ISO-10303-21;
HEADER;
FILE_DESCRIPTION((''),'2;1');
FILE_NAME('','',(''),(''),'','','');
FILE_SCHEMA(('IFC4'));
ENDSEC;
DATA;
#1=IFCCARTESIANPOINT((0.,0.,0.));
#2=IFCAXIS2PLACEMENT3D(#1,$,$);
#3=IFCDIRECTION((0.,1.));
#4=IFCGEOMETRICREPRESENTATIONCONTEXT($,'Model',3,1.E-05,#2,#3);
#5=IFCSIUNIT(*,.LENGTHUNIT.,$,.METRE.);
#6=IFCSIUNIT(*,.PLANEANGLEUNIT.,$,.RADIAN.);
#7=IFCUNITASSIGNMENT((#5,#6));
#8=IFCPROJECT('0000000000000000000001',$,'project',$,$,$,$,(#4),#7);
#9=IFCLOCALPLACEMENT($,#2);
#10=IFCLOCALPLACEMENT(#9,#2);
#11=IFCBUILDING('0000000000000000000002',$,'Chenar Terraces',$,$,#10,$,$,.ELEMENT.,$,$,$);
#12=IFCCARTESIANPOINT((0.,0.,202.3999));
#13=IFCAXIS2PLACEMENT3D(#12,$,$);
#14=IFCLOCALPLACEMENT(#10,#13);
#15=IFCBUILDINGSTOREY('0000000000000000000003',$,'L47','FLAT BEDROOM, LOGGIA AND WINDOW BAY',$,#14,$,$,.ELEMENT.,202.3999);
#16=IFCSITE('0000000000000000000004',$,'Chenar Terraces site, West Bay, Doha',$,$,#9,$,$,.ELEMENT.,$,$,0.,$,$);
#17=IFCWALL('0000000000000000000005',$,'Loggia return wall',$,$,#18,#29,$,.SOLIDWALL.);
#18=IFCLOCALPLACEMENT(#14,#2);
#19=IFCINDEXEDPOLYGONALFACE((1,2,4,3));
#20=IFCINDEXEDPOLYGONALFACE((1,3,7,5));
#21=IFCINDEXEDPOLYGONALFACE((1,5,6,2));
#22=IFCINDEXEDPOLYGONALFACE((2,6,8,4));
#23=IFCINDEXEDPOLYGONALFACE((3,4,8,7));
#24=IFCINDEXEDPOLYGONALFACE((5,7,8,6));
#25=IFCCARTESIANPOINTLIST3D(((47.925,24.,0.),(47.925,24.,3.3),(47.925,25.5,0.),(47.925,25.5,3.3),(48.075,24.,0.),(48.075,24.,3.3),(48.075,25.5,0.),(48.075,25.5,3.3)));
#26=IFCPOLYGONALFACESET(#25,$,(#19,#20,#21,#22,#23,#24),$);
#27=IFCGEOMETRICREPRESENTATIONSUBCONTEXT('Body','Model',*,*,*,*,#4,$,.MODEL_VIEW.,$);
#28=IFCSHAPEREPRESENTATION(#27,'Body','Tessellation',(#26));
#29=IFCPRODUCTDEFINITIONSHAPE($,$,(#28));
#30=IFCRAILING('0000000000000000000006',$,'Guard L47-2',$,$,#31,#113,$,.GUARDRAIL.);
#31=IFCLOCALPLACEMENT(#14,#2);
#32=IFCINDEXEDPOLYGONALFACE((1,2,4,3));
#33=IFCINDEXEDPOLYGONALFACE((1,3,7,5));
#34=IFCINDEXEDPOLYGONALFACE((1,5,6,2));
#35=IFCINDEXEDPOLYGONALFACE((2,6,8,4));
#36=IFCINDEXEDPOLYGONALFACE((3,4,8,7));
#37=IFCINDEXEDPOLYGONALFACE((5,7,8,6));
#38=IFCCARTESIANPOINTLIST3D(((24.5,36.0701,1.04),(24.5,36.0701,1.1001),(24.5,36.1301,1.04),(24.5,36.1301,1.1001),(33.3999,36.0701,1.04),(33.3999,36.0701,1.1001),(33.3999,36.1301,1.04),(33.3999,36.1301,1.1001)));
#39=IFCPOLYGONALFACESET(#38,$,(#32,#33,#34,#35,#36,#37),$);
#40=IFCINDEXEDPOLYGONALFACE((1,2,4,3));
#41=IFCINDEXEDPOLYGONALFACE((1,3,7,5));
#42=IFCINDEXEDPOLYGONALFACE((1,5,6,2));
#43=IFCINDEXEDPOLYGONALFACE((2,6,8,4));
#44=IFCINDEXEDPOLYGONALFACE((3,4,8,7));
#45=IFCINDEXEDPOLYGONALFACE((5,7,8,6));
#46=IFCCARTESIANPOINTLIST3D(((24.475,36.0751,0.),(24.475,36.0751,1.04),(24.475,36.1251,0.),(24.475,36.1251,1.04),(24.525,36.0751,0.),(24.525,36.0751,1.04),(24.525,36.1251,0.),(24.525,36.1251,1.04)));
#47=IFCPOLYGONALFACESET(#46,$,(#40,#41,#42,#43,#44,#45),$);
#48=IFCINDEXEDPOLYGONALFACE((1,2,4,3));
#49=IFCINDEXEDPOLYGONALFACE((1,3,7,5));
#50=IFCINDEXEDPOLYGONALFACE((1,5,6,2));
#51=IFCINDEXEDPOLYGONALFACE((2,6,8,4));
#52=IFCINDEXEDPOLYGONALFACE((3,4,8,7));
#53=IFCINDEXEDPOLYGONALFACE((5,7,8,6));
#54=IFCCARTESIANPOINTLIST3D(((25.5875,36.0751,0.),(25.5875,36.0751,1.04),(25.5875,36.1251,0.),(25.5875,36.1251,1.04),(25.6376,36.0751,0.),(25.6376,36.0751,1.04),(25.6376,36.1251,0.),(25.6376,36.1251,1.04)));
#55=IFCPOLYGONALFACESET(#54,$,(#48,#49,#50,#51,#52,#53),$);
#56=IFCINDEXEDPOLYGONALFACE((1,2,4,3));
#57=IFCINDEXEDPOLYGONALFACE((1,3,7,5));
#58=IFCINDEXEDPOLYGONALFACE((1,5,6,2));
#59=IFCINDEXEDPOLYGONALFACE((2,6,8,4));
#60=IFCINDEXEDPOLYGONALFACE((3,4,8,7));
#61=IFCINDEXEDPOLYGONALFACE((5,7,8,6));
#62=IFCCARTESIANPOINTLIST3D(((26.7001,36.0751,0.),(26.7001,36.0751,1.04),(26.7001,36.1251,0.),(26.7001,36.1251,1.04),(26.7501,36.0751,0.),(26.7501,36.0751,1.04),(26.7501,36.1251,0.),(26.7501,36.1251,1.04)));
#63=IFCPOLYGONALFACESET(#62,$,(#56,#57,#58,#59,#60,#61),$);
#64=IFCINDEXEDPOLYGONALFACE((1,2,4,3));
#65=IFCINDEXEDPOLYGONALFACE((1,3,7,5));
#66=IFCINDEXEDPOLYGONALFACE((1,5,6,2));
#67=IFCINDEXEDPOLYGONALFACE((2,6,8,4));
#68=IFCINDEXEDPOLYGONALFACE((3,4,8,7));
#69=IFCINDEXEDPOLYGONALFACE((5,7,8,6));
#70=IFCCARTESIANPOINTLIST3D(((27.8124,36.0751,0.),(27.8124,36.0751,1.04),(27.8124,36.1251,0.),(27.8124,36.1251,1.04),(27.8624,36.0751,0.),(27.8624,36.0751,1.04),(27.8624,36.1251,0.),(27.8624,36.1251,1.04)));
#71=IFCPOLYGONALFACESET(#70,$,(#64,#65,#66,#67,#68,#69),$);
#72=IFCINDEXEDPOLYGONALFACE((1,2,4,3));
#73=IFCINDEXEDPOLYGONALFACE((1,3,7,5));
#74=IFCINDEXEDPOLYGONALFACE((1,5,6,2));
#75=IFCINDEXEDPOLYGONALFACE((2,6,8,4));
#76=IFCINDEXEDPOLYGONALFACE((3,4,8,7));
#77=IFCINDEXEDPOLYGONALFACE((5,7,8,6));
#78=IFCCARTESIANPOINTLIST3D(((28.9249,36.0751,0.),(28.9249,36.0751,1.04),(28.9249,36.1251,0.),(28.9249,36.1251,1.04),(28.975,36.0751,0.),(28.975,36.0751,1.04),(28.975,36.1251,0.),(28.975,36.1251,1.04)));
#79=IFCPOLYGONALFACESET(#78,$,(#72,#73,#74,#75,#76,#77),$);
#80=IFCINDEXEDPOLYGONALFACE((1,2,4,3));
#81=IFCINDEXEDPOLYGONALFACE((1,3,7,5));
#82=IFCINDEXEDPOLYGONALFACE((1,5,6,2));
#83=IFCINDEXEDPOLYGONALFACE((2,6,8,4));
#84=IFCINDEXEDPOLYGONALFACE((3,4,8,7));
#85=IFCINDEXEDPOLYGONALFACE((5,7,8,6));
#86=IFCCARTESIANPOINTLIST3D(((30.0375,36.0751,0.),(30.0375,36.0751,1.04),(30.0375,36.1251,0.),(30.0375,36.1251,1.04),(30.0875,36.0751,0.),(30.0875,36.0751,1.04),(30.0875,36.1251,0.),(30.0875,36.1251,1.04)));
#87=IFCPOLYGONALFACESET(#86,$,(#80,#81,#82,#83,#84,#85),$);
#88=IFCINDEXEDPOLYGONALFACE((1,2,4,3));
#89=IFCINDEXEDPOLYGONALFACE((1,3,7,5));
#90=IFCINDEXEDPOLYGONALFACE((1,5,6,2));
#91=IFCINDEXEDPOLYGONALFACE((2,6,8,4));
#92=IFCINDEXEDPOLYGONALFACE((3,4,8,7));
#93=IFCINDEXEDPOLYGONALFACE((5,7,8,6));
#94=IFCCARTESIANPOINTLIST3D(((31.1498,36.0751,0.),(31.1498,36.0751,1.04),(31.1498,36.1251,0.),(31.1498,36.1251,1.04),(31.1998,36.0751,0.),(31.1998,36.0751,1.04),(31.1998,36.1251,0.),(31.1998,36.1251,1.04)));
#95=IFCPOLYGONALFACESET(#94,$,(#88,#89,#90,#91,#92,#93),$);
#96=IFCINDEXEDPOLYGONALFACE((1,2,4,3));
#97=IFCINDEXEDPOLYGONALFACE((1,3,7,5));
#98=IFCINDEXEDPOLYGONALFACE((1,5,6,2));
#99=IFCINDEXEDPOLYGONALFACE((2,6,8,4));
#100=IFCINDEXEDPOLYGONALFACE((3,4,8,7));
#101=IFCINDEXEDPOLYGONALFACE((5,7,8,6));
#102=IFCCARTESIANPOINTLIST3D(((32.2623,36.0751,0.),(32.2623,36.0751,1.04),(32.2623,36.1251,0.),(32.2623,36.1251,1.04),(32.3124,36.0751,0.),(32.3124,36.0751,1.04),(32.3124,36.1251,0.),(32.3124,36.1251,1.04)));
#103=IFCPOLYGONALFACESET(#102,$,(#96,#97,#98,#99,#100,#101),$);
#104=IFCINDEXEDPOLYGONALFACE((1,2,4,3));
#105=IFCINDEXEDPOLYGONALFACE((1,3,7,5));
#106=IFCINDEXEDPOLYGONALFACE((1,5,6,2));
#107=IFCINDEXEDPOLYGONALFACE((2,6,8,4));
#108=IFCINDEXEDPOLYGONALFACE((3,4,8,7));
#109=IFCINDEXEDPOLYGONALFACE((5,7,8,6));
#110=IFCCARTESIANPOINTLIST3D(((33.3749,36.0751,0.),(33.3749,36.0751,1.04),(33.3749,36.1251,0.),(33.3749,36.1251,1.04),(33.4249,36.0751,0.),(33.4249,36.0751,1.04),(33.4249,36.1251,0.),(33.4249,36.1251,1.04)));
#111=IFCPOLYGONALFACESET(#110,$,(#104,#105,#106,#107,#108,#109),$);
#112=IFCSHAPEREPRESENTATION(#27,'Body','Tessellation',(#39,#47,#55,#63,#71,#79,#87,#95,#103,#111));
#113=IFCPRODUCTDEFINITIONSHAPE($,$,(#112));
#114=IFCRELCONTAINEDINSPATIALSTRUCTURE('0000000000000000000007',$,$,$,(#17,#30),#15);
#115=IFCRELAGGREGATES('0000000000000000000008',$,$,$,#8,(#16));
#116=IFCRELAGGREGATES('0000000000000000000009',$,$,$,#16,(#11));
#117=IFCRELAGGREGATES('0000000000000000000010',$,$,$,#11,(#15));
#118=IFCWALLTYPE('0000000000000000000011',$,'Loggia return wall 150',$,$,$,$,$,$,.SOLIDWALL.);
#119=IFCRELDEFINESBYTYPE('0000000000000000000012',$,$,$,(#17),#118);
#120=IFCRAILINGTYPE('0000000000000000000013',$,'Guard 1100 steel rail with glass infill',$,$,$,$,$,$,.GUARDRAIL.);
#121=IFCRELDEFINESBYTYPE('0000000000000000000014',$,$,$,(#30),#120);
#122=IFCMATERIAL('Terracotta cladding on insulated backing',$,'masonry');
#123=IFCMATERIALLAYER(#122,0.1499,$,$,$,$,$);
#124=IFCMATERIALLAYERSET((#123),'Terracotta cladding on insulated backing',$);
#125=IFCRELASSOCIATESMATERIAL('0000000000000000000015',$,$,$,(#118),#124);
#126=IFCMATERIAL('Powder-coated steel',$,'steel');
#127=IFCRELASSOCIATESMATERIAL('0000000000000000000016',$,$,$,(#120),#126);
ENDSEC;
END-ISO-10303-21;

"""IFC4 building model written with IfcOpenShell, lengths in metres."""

from ifc_helpers import new_model, si_unit, direction, frame, frame_2d, origin, origin_2d, place, context, subcontext, project, spatial, rectangle, extrude, material, layer, layer_set, type_object, element, save


model = new_model("IFC4")

# Units and contexts
model_context = context("Model", 3, precision=1e-05, world=origin(), true_north=direction((0.0, 1.0)))
body_context = subcontext(model_context, "Body", "Model", "MODEL_VIEW")
ifc_project = project(units=[si_unit("LENGTHUNIT", "METRE"), si_unit("PLANEANGLEUNIT", "RADIAN")], contexts=[model_context])

# Site, building, storey
site_placement = place(None, origin())
site = spatial("IfcSite", under=ifc_project, at=site_placement, Name="Chenar Terraces site, West Bay, Doha", CompositionType="ELEMENT", RefElevation=0.0)
building_placement = place(site_placement, origin())
building = spatial("IfcBuilding", under=site, at=building_placement, Name="Chenar Terraces", CompositionType="ELEMENT")
storey_placement = place(building_placement, frame((0.0, 0.0, 202.3999)))
storey = spatial("IfcBuildingStorey", under=building, at=storey_placement, Name="L47", Description="FLAT BEDROOM, LOGGIA AND WINDOW BAY", CompositionType="ELEMENT", Elevation=202.3999)

# Wall
ifc_material_1 = material(Name="Terracotta cladding on insulated backing", Category="masonry")
ifc_layer_1 = layer(ifc_material_1, 0.1499)
ifc_layer_set_1 = layer_set([ifc_layer_1], Name="Terracotta cladding on insulated backing")
wall_type = type_object("IfcWallType", Name="Loggia return wall 150", PredefinedType="SOLIDWALL", material=ifc_layer_set_1)
wall_placement = place(storey_placement, frame((48.0, 25.5, 0.0), z_axis=(0.0, 0.0, 1.0), x_axis=(0.0, -1.0, 0.0)))
element("IfcWall", 1, at=wall_placement, inside=storey, type_object=wall_type, Name="Loggia return wall", PredefinedType="SOLIDWALL", context=body_context, shape_type="SweptSolid", body=[
    extrude(rectangle(XDim=1.5, YDim=0.1499, at=frame_2d((0.75, 0.0))), origin(), (0.0, 0.0, 1.0), 3.3),
])

# Railing
ifc_material_2 = material(Name="Powder-coated steel", Category="steel")
railing_type = type_object("IfcRailingType", Name="Guard 1100 steel rail with glass infill", PredefinedType="GUARDRAIL", material=ifc_material_2)
railing_placement = place(storey_placement, frame((24.5, 36.1001, 0.0)))
element("IfcRailing", 2, at=railing_placement, inside=storey, type_object=railing_type, Name="Guard L47-2", PredefinedType="GUARDRAIL", context=body_context, shape_type="SweptSolid", body=[
    extrude(rectangle(XDim=0.0601, YDim=0.0601, at=origin_2d()), frame((0.0, 0.0, 1.0701), z_axis=(1.0, 0.0, 0.0), x_axis=(0.0, 1.0, 0.0)), (0.0, 0.0, 1.0), 8.8999),
    extrude(rectangle(XDim=0.05, YDim=0.05, at=origin_2d()), origin(), (0.0, 0.0, 1.0), 1.04),
    extrude(rectangle(XDim=0.05, YDim=0.05, at=origin_2d()), frame((1.1125, 0.0, 0.0)), (0.0, 0.0, 1.0), 1.04),
    extrude(rectangle(XDim=0.05, YDim=0.05, at=origin_2d()), frame((2.2251, 0.0, 0.0)), (0.0, 0.0, 1.0), 1.04),
    extrude(rectangle(XDim=0.05, YDim=0.05, at=origin_2d()), frame((3.3374, 0.0, 0.0)), (0.0, 0.0, 1.0), 1.04),
    extrude(rectangle(XDim=0.05, YDim=0.05, at=origin_2d()), frame((4.45, 0.0, 0.0)), (0.0, 0.0, 1.0), 1.04),
    extrude(rectangle(XDim=0.05, YDim=0.05, at=origin_2d()), frame((5.5625, 0.0, 0.0)), (0.0, 0.0, 1.0), 1.04),
    extrude(rectangle(XDim=0.05, YDim=0.05, at=origin_2d()), frame((6.6748, 0.0, 0.0)), (0.0, 0.0, 1.0), 1.04),
    extrude(rectangle(XDim=0.05, YDim=0.05, at=origin_2d()), frame((7.7874, 0.0, 0.0)), (0.0, 0.0, 1.0), 1.04),
    extrude(rectangle(XDim=0.05, YDim=0.05, at=origin_2d()), frame((8.8999, 0.0, 0.0)), (0.0, 0.0, 1.0), 1.04),
])

save(model, "model.ifc")
